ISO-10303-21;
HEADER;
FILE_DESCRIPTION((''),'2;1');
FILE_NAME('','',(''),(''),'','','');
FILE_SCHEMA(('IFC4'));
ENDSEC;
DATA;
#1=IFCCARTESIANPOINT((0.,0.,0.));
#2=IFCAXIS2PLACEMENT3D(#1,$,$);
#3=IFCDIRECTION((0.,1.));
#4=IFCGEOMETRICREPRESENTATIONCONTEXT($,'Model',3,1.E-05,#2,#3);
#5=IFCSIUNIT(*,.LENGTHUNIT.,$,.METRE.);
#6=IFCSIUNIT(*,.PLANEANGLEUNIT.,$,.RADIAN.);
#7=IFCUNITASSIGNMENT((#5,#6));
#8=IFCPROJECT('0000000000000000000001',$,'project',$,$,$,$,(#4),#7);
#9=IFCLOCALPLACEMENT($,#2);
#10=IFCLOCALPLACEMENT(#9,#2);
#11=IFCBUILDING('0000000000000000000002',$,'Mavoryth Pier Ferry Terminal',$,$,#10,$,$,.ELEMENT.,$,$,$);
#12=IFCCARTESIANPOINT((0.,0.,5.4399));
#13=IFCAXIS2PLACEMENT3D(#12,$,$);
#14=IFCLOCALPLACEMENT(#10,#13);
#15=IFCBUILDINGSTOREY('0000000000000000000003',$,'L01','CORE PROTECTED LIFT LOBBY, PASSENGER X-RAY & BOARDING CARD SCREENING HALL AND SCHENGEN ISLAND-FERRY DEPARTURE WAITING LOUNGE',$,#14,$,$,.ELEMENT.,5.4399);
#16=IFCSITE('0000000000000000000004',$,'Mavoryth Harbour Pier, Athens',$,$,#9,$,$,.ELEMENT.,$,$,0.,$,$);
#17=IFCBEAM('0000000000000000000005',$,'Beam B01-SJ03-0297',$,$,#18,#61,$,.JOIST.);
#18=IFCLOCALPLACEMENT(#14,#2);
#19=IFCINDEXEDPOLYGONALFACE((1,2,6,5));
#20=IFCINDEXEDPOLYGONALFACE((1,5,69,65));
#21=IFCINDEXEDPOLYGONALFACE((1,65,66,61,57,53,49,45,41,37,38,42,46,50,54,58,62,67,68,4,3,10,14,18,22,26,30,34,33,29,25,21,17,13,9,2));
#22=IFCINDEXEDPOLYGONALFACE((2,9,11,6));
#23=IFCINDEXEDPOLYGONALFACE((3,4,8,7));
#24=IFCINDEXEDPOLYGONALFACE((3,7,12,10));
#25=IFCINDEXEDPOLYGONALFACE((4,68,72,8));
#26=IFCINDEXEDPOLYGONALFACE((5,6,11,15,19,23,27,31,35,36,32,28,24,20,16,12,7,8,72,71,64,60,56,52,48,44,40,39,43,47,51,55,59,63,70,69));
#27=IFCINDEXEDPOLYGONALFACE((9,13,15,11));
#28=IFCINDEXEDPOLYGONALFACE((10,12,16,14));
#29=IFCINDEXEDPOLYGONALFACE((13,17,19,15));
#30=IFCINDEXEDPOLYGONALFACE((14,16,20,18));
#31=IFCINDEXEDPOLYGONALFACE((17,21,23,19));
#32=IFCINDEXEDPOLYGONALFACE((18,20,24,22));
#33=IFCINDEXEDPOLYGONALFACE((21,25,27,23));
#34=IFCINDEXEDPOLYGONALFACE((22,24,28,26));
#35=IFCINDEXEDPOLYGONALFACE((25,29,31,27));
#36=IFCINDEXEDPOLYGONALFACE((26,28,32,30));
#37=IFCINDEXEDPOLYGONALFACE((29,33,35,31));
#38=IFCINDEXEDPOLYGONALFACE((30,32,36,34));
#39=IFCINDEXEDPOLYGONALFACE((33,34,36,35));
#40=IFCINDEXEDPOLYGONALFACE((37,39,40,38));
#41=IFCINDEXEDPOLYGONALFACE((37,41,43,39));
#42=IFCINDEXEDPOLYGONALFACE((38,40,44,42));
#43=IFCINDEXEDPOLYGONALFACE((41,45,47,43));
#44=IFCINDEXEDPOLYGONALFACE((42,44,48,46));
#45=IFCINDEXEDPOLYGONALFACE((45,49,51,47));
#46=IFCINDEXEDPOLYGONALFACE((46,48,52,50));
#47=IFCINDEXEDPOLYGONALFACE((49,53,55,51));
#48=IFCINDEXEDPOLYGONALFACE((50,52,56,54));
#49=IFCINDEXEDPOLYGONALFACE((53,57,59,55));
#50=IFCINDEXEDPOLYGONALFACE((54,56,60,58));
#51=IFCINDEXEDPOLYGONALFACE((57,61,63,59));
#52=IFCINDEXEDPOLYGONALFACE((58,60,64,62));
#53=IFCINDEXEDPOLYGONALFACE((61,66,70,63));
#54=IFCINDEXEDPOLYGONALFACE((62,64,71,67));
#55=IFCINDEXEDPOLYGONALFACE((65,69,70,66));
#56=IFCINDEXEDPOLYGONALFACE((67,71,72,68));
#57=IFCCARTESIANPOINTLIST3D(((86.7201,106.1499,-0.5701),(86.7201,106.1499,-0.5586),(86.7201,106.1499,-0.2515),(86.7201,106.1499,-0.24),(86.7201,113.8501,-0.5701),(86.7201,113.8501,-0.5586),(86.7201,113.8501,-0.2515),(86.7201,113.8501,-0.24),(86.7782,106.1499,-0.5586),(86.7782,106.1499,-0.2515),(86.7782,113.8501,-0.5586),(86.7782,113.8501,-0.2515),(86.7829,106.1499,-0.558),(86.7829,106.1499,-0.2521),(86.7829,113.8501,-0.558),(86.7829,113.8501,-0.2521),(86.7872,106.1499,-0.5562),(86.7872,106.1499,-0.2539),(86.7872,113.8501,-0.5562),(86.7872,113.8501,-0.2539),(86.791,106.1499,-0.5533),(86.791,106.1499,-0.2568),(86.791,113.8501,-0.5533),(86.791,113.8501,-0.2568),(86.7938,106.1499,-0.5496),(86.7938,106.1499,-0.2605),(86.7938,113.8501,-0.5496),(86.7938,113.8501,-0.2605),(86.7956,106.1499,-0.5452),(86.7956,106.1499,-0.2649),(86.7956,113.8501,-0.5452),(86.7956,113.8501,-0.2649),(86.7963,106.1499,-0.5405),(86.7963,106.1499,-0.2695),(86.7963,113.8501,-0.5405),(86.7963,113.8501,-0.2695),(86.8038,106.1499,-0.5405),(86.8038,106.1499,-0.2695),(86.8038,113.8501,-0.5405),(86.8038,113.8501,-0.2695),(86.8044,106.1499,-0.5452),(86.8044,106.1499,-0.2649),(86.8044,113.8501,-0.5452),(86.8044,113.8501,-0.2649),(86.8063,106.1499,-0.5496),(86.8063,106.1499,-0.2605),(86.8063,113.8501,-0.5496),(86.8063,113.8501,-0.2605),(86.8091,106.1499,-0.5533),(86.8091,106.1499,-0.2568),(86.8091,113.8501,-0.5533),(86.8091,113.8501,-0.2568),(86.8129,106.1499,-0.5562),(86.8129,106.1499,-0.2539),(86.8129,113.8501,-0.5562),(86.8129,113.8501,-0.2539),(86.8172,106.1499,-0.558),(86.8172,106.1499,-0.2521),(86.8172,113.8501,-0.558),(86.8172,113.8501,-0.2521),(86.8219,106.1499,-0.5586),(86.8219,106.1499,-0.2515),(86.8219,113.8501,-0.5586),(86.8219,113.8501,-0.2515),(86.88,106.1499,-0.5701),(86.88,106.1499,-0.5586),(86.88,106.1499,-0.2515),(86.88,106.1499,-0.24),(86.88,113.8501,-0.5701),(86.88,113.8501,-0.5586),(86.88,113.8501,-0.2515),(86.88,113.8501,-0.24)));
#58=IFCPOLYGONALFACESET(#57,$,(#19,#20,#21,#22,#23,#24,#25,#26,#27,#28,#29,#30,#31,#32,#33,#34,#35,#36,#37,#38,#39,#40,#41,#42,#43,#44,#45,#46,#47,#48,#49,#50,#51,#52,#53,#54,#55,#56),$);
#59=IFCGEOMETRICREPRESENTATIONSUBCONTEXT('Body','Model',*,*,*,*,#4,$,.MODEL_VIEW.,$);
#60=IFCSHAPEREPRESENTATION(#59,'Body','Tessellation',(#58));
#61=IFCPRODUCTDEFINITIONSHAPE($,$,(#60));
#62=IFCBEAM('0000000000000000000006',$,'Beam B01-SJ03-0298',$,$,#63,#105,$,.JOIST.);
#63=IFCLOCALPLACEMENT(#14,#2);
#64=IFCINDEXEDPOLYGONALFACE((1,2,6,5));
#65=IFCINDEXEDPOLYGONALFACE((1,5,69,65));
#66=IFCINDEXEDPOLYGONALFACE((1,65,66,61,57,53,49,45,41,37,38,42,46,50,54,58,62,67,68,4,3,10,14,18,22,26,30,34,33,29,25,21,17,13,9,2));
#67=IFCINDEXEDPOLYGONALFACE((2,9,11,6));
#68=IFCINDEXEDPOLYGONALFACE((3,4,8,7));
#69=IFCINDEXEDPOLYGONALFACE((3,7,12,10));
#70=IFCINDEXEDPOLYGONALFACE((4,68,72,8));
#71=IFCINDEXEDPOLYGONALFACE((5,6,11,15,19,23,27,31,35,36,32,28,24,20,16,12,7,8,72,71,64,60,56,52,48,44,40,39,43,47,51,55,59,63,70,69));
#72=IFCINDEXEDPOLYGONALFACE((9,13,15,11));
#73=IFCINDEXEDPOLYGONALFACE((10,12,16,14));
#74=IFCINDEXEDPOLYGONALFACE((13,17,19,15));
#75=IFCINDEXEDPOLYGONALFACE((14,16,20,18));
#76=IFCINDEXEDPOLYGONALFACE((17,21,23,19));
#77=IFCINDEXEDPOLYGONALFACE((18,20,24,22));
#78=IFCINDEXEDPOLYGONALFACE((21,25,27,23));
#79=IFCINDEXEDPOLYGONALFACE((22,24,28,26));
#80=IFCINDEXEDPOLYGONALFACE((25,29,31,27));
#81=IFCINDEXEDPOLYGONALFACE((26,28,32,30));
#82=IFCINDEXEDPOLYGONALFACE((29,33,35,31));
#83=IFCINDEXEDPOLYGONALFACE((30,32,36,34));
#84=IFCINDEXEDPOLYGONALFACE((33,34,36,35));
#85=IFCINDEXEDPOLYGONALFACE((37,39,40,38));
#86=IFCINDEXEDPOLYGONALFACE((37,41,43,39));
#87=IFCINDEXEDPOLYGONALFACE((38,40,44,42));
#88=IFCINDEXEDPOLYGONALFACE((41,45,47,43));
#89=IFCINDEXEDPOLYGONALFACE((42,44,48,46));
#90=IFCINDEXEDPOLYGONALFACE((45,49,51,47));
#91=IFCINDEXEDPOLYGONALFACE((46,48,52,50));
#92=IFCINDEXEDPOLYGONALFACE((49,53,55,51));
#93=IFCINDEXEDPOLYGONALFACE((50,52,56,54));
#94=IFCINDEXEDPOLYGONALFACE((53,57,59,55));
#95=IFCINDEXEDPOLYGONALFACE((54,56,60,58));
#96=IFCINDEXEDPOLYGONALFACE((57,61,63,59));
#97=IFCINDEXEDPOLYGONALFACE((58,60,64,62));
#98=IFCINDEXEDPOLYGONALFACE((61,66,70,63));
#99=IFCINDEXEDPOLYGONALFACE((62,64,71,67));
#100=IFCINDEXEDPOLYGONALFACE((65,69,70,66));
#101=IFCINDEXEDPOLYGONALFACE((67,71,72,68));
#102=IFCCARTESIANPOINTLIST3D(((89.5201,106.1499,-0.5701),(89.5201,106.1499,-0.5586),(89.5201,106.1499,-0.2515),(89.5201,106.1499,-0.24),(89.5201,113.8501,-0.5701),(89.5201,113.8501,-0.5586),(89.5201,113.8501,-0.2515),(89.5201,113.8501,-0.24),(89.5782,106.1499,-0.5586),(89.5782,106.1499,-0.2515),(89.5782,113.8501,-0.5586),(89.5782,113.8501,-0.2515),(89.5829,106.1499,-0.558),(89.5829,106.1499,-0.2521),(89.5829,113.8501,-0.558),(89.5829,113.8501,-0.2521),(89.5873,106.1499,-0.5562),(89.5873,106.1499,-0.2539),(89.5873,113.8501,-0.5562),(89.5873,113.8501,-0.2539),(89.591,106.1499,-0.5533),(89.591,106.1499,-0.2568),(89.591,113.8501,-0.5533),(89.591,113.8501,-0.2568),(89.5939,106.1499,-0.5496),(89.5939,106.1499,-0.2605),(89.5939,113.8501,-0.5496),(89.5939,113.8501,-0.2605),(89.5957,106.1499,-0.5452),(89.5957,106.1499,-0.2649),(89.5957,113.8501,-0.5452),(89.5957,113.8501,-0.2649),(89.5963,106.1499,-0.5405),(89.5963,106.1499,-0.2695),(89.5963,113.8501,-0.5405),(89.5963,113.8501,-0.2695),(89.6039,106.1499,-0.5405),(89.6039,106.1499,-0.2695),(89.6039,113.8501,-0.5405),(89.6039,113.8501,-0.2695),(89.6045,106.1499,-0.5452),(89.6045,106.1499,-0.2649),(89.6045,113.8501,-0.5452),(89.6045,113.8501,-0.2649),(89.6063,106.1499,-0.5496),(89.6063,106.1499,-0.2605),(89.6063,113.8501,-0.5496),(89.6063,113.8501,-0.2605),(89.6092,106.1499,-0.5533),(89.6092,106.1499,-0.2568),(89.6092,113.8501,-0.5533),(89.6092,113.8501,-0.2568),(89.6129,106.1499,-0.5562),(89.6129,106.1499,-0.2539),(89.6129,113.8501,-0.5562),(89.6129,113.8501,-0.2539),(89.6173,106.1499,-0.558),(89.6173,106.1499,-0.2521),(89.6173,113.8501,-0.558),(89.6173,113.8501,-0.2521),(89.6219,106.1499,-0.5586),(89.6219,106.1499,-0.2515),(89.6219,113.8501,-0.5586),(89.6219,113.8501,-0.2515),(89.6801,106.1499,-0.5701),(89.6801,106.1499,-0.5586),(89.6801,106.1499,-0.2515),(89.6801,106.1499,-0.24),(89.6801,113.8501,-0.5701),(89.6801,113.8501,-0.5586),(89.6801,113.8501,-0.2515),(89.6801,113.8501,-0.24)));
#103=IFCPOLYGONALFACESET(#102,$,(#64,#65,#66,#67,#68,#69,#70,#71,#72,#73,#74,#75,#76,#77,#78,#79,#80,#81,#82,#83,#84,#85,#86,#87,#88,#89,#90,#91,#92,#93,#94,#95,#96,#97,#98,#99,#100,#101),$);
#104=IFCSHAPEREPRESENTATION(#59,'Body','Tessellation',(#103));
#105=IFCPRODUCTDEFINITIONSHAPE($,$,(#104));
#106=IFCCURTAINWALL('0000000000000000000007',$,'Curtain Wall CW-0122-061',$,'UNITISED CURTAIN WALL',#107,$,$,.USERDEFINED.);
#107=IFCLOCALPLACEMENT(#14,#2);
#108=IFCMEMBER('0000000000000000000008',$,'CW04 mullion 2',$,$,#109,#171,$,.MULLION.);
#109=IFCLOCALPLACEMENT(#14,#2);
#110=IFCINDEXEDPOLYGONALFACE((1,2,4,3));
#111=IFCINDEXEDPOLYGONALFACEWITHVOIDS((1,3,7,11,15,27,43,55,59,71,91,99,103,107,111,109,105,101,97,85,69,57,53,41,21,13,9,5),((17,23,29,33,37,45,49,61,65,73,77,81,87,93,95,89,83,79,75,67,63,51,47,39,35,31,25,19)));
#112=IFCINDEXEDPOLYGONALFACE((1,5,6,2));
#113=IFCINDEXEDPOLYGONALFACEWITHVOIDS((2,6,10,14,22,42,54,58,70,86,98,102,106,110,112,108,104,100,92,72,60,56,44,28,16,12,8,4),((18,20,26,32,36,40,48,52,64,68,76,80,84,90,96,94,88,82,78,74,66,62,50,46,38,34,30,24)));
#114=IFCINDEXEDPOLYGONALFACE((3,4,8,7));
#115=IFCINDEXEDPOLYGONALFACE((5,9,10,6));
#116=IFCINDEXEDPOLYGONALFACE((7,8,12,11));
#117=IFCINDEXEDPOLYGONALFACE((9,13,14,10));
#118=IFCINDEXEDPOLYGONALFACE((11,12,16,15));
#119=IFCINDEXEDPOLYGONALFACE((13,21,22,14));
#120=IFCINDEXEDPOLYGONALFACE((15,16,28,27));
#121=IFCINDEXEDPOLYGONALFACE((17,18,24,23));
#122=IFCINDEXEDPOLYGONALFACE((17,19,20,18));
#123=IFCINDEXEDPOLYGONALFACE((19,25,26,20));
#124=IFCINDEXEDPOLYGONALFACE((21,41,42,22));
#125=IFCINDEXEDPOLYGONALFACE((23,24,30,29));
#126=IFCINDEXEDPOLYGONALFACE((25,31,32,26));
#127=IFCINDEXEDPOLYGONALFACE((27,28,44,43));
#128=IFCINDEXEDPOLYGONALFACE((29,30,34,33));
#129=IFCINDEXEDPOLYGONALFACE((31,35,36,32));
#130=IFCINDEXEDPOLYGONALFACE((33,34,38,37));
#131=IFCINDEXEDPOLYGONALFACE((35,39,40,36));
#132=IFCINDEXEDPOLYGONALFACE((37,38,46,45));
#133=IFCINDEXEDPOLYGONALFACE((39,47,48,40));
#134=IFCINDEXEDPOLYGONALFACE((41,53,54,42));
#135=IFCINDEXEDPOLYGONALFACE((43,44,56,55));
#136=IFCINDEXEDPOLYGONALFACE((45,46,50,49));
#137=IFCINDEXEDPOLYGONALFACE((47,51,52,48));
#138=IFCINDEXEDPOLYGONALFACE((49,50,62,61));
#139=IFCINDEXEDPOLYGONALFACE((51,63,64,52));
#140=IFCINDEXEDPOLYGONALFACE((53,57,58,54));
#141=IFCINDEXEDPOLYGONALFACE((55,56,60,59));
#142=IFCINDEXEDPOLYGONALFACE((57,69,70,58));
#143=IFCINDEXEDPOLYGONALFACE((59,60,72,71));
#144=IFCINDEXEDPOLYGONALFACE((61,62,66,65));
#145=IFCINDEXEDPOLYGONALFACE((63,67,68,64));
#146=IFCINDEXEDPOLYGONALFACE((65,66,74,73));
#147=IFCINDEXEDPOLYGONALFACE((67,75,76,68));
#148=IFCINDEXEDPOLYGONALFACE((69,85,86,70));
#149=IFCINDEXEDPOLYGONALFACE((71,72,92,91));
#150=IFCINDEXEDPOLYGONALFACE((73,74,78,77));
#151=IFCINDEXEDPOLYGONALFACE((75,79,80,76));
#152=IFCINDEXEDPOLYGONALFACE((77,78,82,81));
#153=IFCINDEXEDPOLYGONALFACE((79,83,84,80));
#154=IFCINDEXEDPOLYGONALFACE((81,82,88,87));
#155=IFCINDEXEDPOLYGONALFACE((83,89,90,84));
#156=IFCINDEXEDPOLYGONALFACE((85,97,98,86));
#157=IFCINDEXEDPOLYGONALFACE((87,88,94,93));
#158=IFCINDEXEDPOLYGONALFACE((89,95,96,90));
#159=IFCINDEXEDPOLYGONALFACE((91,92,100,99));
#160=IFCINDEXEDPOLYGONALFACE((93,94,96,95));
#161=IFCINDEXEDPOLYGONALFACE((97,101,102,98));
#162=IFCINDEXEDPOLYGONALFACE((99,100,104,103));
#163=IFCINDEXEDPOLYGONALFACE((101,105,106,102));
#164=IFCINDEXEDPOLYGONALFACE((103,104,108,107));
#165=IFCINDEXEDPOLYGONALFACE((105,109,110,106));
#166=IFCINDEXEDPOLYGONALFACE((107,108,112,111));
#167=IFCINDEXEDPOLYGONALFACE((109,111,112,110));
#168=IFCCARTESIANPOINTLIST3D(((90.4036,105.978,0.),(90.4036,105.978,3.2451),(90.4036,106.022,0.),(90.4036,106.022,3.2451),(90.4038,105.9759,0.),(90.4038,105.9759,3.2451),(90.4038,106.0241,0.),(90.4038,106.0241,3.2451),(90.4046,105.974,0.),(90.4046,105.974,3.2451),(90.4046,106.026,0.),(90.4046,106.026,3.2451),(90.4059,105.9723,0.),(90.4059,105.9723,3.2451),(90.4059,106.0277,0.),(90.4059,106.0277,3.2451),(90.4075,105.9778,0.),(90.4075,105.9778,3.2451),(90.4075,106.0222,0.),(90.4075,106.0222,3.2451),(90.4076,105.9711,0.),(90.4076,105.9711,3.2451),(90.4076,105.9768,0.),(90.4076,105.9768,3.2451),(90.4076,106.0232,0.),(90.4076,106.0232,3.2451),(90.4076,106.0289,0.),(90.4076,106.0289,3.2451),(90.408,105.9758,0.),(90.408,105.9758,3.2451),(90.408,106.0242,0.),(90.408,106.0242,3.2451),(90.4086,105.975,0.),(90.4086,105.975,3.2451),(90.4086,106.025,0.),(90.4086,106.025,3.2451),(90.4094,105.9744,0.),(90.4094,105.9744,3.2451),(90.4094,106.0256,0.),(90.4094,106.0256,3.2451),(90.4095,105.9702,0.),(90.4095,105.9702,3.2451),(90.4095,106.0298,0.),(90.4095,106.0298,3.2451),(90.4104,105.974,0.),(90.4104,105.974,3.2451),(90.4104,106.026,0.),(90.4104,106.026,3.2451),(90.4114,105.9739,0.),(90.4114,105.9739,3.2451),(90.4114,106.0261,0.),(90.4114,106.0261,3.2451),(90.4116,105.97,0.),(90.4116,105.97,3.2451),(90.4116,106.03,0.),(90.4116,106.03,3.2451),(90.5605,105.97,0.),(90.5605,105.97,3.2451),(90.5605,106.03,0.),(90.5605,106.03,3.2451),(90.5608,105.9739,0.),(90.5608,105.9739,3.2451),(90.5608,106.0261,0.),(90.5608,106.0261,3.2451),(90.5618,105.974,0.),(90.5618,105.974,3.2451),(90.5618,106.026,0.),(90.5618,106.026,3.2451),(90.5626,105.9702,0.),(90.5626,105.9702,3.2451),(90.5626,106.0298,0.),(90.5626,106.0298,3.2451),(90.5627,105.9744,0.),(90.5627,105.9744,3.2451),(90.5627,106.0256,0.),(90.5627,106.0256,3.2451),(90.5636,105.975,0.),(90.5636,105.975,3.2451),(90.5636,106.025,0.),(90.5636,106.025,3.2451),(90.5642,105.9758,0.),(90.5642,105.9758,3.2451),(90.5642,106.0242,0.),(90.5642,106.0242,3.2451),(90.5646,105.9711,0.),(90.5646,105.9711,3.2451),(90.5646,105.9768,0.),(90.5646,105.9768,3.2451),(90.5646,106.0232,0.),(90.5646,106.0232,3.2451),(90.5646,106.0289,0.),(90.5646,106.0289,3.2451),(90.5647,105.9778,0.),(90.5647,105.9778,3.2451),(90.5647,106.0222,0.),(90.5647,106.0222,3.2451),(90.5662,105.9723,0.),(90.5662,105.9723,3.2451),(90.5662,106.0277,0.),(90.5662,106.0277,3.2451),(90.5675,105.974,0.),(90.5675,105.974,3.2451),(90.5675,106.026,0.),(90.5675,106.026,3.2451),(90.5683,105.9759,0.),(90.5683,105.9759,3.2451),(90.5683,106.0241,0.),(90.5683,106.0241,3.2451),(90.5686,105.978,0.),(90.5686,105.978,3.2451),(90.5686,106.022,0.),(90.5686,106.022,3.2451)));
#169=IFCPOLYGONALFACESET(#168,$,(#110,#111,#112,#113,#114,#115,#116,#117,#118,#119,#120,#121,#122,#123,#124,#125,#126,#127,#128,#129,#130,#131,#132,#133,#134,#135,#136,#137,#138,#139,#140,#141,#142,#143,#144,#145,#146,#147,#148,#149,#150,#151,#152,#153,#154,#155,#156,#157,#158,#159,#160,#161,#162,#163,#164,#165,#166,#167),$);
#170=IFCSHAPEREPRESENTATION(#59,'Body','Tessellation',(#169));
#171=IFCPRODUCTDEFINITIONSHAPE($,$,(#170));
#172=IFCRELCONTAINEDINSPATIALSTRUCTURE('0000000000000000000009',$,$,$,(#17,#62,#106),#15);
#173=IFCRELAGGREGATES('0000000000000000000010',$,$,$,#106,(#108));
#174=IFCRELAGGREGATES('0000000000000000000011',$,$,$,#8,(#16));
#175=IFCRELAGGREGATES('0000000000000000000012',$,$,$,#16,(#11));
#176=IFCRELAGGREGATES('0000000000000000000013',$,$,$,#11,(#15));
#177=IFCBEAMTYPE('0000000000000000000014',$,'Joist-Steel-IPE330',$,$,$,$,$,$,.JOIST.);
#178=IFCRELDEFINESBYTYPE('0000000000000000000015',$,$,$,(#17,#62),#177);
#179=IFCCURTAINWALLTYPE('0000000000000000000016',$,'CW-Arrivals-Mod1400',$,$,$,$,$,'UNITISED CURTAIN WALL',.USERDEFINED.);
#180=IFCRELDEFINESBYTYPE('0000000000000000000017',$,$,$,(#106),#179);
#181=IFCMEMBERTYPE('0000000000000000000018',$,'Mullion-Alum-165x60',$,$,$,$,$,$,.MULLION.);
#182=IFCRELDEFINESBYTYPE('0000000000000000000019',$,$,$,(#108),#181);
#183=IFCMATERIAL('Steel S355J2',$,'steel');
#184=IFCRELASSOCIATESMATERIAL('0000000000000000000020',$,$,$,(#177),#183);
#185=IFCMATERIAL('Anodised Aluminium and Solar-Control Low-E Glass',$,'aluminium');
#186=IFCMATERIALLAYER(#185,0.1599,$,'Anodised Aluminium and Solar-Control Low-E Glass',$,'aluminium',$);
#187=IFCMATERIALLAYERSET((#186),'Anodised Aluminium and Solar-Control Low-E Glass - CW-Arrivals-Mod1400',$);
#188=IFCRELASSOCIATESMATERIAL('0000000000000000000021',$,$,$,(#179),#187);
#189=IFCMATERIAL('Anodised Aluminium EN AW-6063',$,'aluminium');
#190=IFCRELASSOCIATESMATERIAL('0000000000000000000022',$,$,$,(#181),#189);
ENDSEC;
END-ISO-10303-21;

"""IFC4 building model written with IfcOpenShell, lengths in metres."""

from ifc_helpers import new_model, si_unit, direction, frame, origin, origin_2d, place, context, subcontext, project, spatial, hollow_rectangle, i_section, extrude, material, layer, layer_set, material_profile, profile_set, type_object, element, aggregate, save


model = new_model("IFC4")

# Units and contexts
model_context = context("Model", 3, precision=1e-05, world=origin(), true_north=direction((0.0, 1.0)))
body_context = subcontext(model_context, "Body", "Model", "MODEL_VIEW")
ifc_project = project(units=[si_unit("LENGTHUNIT", "METRE"), si_unit("PLANEANGLEUNIT", "RADIAN")], contexts=[model_context])

# Site, building, storey
site_placement = place(None, origin())
site = spatial("IfcSite", under=ifc_project, at=site_placement, Name="Mavoryth Harbour Pier, Athens", CompositionType="ELEMENT", RefElevation=0.0)
building_placement = place(site_placement, origin())
building = spatial("IfcBuilding", under=site, at=building_placement, Name="Mavoryth Pier Ferry Terminal", CompositionType="ELEMENT")
storey_placement = place(building_placement, frame((0.0, 0.0, 5.4399)))
storey = spatial("IfcBuildingStorey", under=building, at=storey_placement, Name="L01", Description="CORE PROTECTED LIFT LOBBY, PASSENGER X-RAY & BOARDING CARD SCREENING HALL AND SCHENGEN ISLAND-FERRY DEPARTURE WAITING LOUNGE", CompositionType="ELEMENT", Elevation=5.4399)

# Beams
ifc_material_1 = material(Name="Steel S355J2", Category="steel")
ifc_material_profile_1 = material_profile(ifc_material_1, i_section(OverallWidth=0.1599, OverallDepth=0.3301, WebThickness=0.0076, FlangeThickness=0.0115, FilletRadius=0.0181, at=origin_2d()), Name="IPE 330", Category="steel")
ifc_profile_set_1 = profile_set([ifc_material_profile_1], Name="Steel S355J2 - IPE 330")
beam_type = type_object("IfcBeamType", Name="Joist-Steel-IPE330", PredefinedType="JOIST", material=ifc_profile_set_1)
for number, where, z_axis, x_axis, name in (
    (1, (86.8, 106.1499, -0.405), (0.0, 1.0, 0.0), (-1.0, 0.0, 0.0), "Beam B01-SJ03-0297"),
    (2, (89.6001, 106.1499, -0.405), (0.0, 1.0, 0.0), (-1.0, 0.0, 0.0), "Beam B01-SJ03-0298"),
):
    element("IfcBeam", number, at=place(storey_placement, frame(where, z_axis=z_axis, x_axis=x_axis)), inside=storey, type_object=beam_type, Name=name, PredefinedType="JOIST", context=body_context, shape_type="SweptSolid", body=[
        extrude(i_section(OverallWidth=0.1599, OverallDepth=0.3301, WebThickness=0.0076, FlangeThickness=0.0115, FilletRadius=0.0181, at=origin_2d()), origin(), (0.0, 0.0, 1.0), 7.7002),
    ])

# Curtain wall, member
ifc_material_2 = material(Name="Anodised Aluminium and Solar-Control Low-E Glass", Category="aluminium")
ifc_layer_1 = layer(ifc_material_2, 0.1599, Name="Anodised Aluminium and Solar-Control Low-E Glass", Category="aluminium")
ifc_layer_set_1 = layer_set([ifc_layer_1], Name="Anodised Aluminium and Solar-Control Low-E Glass - CW-Arrivals-Mod1400")
curtain_wall_type = type_object("IfcCurtainWallType", Name="CW-Arrivals-Mod1400", ElementType="UNITISED CURTAIN WALL", PredefinedType="USERDEFINED", material=ifc_layer_set_1)
curtain_wall_placement = place(storey_placement, origin())
curtain_wall = element("IfcCurtainWall", 3, at=curtain_wall_placement, inside=storey, type_object=curtain_wall_type, Name="Curtain Wall CW-0122-061", ObjectType="UNITISED CURTAIN WALL", PredefinedType="USERDEFINED")
ifc_material_3 = material(Name="Anodised Aluminium EN AW-6063", Category="aluminium")
ifc_material_profile_2 = material_profile(ifc_material_3, hollow_rectangle(XDim=0.0601, YDim=0.165, WallThickness=0.0039, InnerFilletRadius=0.0039, OuterFilletRadius=0.0081, at=origin_2d()), Name="AL-MULL 165x60x4", Category="aluminium")
ifc_profile_set_2 = profile_set([ifc_material_profile_2], Name="Anodised Aluminium EN AW-6063 - AL-MULL 165x60x4")
member_type_1 = type_object("IfcMemberType", Name="Mullion-Alum-165x60", PredefinedType="MULLION", material=ifc_profile_set_2)
member_1_placement = place(storey_placement, frame((90.4861, 106.0, 0.0), z_axis=(0.0, 0.0, 1.0), x_axis=(0.0, -1.0, 0.0)))
member_1 = element("IfcMember", 4, at=member_1_placement, type_object=member_type_1, Name="CW04 mullion 2", PredefinedType="MULLION", context=body_context, shape_type="SweptSolid", body=[
    extrude(hollow_rectangle(XDim=0.0601, YDim=0.165, WallThickness=0.0039, InnerFilletRadius=0.0039, OuterFilletRadius=0.0081, at=origin_2d()), origin(), (0.0, 0.0, 1.0), 3.2451),
])
aggregate(curtain_wall, [member_1])

save(model, "model.ifc")
